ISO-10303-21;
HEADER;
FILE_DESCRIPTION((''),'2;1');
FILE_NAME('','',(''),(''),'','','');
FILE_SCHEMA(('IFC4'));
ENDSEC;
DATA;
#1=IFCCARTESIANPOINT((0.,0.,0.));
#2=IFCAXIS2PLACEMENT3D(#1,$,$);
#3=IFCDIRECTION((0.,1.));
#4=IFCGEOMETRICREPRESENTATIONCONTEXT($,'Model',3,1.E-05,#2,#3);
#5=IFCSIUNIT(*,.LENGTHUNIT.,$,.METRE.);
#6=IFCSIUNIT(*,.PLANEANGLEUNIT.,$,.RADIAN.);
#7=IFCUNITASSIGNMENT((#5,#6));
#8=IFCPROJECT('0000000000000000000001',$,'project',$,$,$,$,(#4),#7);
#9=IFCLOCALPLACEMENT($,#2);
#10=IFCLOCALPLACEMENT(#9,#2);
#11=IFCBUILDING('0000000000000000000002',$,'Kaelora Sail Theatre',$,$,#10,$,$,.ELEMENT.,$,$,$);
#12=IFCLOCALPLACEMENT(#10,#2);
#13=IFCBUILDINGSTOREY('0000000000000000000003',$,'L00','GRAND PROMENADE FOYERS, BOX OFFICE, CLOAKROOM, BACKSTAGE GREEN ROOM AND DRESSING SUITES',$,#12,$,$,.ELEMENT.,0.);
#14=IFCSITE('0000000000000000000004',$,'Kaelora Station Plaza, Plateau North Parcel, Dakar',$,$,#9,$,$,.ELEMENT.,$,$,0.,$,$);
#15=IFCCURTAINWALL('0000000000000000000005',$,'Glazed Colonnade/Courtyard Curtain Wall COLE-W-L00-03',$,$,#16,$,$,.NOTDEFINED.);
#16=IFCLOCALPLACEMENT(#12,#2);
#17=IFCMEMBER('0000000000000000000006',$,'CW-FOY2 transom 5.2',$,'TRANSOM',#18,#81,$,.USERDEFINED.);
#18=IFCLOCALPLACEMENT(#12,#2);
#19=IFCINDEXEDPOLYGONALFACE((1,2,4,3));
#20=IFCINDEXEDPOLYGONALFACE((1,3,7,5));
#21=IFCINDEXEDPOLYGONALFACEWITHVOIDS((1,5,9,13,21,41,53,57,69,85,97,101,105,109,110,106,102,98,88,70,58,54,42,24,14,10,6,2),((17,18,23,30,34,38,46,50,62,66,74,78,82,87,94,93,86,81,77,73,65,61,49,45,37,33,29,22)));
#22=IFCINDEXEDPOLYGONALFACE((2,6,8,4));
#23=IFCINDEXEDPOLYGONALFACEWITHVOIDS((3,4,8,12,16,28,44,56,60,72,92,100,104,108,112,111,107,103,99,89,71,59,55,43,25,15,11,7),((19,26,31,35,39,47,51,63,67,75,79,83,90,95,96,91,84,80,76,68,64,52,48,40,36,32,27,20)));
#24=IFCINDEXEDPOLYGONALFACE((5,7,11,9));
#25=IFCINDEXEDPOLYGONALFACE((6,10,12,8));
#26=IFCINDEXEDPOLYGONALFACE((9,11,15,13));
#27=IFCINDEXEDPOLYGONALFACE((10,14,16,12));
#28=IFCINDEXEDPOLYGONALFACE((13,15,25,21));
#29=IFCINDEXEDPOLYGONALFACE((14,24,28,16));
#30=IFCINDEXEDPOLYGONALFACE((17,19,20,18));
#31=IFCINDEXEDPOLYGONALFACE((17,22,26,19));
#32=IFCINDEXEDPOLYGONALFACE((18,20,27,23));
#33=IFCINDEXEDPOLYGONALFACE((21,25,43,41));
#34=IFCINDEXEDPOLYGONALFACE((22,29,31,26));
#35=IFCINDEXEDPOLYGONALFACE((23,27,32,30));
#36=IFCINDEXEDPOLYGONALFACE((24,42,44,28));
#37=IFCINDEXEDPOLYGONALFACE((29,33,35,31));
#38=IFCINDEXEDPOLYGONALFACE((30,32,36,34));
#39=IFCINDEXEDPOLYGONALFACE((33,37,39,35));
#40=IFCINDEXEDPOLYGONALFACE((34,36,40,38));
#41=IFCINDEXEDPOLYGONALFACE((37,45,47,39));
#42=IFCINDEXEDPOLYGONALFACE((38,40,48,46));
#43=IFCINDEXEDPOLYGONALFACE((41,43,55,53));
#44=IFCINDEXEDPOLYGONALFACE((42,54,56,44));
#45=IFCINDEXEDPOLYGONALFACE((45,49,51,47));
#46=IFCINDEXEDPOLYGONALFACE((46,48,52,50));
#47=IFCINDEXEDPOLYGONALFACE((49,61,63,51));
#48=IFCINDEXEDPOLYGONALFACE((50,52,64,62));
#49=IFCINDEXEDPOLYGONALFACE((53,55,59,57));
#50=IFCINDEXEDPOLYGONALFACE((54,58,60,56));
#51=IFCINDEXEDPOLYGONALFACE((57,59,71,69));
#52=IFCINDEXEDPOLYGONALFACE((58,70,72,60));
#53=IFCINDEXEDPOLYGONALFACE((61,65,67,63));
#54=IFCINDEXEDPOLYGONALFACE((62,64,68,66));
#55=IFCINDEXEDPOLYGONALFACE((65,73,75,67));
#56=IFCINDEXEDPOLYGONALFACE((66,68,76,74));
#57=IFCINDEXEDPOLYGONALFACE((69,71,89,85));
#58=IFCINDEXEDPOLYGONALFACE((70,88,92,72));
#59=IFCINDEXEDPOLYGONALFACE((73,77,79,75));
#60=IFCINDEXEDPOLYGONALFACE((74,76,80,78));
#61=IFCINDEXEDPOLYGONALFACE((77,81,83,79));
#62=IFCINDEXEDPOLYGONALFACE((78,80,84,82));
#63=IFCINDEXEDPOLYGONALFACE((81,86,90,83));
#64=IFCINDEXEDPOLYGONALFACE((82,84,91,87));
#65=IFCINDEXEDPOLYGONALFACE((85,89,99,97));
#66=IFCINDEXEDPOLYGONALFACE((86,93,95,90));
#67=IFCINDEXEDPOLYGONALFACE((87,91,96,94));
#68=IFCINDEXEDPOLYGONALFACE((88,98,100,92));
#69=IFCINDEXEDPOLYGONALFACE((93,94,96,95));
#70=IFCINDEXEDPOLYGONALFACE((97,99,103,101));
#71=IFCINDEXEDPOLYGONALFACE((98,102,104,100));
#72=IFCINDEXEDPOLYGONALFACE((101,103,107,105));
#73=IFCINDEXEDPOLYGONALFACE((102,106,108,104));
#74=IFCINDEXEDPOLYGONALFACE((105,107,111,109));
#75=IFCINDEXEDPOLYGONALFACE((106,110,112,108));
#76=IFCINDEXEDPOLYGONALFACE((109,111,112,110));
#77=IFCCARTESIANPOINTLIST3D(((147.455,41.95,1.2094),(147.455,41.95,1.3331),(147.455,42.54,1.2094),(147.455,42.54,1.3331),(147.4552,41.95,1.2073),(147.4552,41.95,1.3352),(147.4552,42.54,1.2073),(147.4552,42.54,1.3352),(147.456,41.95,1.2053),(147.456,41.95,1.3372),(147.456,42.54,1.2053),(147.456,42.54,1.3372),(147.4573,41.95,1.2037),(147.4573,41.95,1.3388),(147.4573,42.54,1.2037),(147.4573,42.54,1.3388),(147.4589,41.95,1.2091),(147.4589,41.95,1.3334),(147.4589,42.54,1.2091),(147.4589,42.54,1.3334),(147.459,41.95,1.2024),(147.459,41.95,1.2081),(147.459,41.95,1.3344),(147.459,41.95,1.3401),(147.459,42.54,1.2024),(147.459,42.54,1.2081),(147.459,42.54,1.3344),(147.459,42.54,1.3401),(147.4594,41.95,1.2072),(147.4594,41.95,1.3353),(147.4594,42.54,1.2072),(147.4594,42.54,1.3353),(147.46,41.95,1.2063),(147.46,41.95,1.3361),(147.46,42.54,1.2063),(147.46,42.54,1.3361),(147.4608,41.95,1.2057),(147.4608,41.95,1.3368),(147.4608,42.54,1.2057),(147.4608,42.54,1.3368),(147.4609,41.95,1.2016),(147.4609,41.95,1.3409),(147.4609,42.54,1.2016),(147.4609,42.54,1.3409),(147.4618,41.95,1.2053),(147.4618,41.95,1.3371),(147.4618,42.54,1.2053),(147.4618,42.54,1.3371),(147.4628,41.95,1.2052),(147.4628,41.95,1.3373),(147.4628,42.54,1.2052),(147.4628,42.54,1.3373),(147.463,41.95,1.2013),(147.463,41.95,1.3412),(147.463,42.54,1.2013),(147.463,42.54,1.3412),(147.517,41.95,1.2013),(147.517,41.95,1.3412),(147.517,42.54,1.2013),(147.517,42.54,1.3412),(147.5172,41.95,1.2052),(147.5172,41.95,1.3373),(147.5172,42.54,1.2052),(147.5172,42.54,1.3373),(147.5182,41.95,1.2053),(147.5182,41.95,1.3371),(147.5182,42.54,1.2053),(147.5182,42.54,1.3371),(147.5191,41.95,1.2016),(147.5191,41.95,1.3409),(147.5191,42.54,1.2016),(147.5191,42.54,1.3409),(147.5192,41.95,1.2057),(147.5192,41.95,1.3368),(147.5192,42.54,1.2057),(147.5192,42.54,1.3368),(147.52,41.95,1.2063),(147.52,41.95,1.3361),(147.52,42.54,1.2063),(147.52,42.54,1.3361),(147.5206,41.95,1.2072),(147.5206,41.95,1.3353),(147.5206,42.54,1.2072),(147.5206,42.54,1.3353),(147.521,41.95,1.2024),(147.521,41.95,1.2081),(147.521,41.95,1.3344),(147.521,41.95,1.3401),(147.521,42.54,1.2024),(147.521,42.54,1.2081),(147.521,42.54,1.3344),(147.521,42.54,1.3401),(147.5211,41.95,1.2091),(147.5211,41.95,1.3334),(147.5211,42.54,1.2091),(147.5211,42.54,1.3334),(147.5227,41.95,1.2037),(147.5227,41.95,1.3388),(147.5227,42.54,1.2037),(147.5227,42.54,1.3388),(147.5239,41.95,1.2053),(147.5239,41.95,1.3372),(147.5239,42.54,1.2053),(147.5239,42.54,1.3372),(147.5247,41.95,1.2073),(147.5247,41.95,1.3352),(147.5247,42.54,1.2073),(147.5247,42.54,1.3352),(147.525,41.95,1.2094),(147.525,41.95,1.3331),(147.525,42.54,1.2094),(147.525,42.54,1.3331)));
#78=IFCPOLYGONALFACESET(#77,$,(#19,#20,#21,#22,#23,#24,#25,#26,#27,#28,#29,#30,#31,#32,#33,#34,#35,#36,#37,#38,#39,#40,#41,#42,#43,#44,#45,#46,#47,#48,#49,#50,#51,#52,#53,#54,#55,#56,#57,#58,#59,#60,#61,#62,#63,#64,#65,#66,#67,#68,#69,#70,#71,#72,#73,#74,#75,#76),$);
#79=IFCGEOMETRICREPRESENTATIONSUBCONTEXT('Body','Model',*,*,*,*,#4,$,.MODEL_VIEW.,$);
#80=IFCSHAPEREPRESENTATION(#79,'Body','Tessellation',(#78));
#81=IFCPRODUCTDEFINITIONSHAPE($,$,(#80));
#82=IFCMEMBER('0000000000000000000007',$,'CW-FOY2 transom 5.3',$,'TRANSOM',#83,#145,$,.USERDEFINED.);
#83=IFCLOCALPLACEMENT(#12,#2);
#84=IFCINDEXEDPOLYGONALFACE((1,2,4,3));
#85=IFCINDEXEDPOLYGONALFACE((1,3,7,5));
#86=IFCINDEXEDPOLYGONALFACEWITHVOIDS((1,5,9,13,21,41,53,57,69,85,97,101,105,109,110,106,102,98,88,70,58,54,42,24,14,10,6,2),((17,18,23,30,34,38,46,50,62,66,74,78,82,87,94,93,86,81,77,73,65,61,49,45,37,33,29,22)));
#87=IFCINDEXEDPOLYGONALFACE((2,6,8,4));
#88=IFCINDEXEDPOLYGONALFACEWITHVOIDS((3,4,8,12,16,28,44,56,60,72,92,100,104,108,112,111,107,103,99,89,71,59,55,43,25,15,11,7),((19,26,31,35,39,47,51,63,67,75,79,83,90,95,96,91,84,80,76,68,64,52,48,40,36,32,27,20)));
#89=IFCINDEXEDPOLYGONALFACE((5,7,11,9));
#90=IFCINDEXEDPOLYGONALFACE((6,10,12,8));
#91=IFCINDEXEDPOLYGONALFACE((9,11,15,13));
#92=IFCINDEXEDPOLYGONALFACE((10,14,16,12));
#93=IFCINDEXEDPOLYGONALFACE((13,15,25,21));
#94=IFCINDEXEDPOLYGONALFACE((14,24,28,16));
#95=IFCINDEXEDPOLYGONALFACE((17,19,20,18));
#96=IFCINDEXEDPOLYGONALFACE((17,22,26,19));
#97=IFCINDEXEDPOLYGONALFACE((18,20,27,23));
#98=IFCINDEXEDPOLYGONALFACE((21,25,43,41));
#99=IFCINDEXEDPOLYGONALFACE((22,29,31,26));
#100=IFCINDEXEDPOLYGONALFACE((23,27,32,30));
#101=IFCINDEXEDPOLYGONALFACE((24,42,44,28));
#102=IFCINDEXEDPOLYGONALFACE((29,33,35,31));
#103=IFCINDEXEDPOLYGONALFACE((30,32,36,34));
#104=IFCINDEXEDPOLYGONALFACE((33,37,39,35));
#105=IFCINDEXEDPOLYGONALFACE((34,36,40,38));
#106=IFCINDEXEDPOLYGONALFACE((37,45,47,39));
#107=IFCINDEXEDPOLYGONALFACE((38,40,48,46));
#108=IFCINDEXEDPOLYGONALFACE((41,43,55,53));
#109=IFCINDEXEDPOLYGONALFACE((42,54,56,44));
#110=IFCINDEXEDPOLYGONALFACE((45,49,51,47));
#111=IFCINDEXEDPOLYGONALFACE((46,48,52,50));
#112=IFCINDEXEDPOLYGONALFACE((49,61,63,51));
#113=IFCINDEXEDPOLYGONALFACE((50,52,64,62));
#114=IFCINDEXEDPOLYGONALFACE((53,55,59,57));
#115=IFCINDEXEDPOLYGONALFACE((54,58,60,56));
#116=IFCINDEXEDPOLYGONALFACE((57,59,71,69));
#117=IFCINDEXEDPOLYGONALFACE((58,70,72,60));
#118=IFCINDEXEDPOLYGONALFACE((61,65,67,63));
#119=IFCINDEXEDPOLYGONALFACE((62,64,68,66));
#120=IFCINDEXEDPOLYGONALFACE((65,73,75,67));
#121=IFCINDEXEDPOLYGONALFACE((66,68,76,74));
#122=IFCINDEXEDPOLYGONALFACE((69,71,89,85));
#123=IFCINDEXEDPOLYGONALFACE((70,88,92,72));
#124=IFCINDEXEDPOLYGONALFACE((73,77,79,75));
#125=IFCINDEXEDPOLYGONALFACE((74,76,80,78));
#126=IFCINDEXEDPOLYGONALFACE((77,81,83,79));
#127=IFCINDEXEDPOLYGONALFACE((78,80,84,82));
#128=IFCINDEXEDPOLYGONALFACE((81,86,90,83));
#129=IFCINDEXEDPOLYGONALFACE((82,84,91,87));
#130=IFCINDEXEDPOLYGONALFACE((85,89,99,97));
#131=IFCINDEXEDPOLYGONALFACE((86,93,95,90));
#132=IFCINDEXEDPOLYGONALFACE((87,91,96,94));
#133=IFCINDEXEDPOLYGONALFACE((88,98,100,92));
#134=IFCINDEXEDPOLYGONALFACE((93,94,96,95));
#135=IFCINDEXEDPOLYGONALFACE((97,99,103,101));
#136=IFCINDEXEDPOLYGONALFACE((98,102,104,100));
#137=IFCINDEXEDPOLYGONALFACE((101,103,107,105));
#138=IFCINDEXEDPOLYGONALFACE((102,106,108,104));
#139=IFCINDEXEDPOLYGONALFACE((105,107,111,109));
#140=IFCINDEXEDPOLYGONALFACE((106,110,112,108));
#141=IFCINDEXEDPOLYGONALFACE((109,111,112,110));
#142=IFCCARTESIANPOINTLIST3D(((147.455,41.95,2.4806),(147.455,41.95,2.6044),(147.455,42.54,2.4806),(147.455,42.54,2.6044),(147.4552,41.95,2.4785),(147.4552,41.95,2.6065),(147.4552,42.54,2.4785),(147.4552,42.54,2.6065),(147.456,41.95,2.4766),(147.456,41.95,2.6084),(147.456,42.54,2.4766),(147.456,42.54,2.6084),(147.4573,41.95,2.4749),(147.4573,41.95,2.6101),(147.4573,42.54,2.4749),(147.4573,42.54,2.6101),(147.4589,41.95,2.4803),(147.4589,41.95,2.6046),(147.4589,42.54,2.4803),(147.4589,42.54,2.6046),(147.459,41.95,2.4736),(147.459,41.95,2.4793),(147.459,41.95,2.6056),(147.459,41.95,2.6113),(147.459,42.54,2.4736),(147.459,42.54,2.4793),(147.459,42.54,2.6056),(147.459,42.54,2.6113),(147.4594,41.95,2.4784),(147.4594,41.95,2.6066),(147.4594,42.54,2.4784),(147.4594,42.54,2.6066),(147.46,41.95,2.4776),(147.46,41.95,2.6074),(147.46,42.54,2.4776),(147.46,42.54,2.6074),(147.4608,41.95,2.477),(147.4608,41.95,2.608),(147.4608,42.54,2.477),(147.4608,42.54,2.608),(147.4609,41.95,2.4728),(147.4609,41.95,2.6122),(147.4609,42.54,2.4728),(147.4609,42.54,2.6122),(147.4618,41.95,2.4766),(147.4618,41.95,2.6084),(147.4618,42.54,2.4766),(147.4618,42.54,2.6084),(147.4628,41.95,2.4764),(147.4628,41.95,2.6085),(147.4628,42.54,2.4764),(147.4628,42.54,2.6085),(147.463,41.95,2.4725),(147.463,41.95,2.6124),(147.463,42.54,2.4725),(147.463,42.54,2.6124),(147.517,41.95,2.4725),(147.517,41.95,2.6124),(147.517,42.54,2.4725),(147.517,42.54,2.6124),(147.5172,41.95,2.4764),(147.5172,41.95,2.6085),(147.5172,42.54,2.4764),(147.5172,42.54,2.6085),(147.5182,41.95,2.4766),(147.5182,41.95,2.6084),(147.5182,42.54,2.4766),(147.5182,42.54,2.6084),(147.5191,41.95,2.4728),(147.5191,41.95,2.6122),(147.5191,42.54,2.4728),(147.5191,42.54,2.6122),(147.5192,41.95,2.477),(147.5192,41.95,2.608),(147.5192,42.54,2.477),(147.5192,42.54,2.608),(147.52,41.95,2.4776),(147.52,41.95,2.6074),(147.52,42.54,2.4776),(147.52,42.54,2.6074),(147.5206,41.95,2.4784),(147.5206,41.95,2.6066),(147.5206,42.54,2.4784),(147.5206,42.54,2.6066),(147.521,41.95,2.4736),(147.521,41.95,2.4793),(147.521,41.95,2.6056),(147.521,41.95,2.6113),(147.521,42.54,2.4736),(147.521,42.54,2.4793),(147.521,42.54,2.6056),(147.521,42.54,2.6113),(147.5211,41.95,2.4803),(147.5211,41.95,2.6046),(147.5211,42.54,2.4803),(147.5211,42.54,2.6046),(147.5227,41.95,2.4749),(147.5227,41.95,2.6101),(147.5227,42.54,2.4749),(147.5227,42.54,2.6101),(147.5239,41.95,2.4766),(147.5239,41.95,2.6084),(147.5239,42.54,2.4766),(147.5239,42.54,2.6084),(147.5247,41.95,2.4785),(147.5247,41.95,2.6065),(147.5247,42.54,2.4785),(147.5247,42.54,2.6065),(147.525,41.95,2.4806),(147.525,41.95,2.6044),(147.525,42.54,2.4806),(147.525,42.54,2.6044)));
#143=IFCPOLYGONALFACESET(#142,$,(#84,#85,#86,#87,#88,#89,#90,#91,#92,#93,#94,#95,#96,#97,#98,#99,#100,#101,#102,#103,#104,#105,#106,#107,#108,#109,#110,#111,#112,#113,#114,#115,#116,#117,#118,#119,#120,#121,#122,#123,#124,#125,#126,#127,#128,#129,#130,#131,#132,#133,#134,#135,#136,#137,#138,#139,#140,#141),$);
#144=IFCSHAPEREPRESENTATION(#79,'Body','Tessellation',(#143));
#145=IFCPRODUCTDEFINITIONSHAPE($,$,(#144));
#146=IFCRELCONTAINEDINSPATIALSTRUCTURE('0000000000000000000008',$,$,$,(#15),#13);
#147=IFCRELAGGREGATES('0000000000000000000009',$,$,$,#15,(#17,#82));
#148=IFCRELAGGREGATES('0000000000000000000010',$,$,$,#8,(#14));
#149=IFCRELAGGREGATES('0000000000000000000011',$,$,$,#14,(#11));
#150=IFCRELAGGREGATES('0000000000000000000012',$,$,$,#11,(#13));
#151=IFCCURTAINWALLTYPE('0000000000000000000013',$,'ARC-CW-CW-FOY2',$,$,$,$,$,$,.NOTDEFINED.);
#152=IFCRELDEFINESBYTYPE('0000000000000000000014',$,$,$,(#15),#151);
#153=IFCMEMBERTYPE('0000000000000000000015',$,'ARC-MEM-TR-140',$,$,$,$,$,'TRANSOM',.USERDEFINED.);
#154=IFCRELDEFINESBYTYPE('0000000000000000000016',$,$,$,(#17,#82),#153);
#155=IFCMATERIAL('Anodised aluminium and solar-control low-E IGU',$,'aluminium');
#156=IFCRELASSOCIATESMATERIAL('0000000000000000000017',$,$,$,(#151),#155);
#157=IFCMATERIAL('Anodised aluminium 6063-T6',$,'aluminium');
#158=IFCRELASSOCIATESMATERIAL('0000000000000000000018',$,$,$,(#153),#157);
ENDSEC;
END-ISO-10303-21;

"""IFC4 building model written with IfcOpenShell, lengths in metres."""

from ifc_helpers import new_model, si_unit, direction, frame, origin, origin_2d, place, context, subcontext, project, spatial, hollow_rectangle, extrude, material, material_profile, profile_set, type_object, element, aggregate, save


model = new_model("IFC4")

# Units and contexts
model_context = context("Model", 3, precision=1e-05, world=origin(), true_north=direction((0.0, 1.0)))
body_context = subcontext(model_context, "Body", "Model", "MODEL_VIEW")
ifc_project = project(units=[si_unit("LENGTHUNIT", "METRE"), si_unit("PLANEANGLEUNIT", "RADIAN")], contexts=[model_context])

# Site, building, storey
site_placement = place(None, origin())
site = spatial("IfcSite", under=ifc_project, at=site_placement, Name="Kaelora Station Plaza, Plateau North Parcel, Dakar", CompositionType="ELEMENT", RefElevation=0.0)
building_placement = place(site_placement, origin())
building = spatial("IfcBuilding", under=site, at=building_placement, Name="Kaelora Sail Theatre", CompositionType="ELEMENT")
storey_placement = place(building_placement, origin())
storey = spatial("IfcBuildingStorey", under=building, at=storey_placement, Name="L00", Description="GRAND PROMENADE FOYERS, BOX OFFICE, CLOAKROOM, BACKSTAGE GREEN ROOM AND DRESSING SUITES", CompositionType="ELEMENT", Elevation=0.0)

# Curtain wall
ifc_material_1 = material(Name="Anodised aluminium and solar-control low-E IGU", Category="aluminium")
curtain_wall_type = type_object("IfcCurtainWallType", Name="ARC-CW-CW-FOY2", PredefinedType="NOTDEFINED", material=ifc_material_1)
curtain_wall_1_placement = place(storey_placement, origin())
curtain_wall_1 = element("IfcCurtainWall", 1, at=curtain_wall_1_placement, inside=storey, type_object=curtain_wall_type, Name="Glazed Colonnade/Courtyard Curtain Wall COLE-W-L00-03", PredefinedType="NOTDEFINED")

# Members
ifc_material_2 = material(Name="Anodised aluminium 6063-T6", Category="aluminium")
ifc_material_profile_1 = material_profile(ifc_material_2, hollow_rectangle(XDim=0.0701, YDim=0.1399, WallThickness=0.0039, InnerFilletRadius=0.0039, OuterFilletRadius=0.0081, at=origin_2d()), Name="ALU-TRAN 70x140x4")
ifc_profile_set_1 = profile_set([ifc_material_profile_1], Name="Anodised aluminium 6063-T6")
member_type_1 = type_object("IfcMemberType", Name="ARC-MEM-TR-140", ElementType="TRANSOM", PredefinedType="USERDEFINED", material=ifc_profile_set_1)
member_1_placement = place(storey_placement, frame((147.49, 41.95, 1.2712), z_axis=(0.0, 1.0, 0.0), x_axis=(-1.0, 0.0, 0.0)))
member_1 = element("IfcMember", 2, at=member_1_placement, type_object=member_type_1, Name="CW-FOY2 transom 5.2", ObjectType="TRANSOM", PredefinedType="USERDEFINED", context=body_context, shape_type="SweptSolid", body=[
    extrude(hollow_rectangle(XDim=0.0701, YDim=0.1399, WallThickness=0.0039, InnerFilletRadius=0.0039, OuterFilletRadius=0.0081, at=origin_2d()), origin(), (0.0, 0.0, 1.0), 0.5901),
])
member_2_placement = place(storey_placement, frame((147.49, 41.95, 2.5425), z_axis=(0.0, 1.0, 0.0), x_axis=(-1.0, 0.0, 0.0)))
member_2 = element("IfcMember", 3, at=member_2_placement, type_object=member_type_1, Name="CW-FOY2 transom 5.3", ObjectType="TRANSOM", PredefinedType="USERDEFINED", context=body_context, shape_type="SweptSolid", body=[
    extrude(hollow_rectangle(XDim=0.0701, YDim=0.1399, WallThickness=0.0039, InnerFilletRadius=0.0039, OuterFilletRadius=0.0081, at=origin_2d()), origin(), (0.0, 0.0, 1.0), 0.5901),
])

aggregate(curtain_wall_1, [member_1, member_2])

save(model, "model.ifc")
